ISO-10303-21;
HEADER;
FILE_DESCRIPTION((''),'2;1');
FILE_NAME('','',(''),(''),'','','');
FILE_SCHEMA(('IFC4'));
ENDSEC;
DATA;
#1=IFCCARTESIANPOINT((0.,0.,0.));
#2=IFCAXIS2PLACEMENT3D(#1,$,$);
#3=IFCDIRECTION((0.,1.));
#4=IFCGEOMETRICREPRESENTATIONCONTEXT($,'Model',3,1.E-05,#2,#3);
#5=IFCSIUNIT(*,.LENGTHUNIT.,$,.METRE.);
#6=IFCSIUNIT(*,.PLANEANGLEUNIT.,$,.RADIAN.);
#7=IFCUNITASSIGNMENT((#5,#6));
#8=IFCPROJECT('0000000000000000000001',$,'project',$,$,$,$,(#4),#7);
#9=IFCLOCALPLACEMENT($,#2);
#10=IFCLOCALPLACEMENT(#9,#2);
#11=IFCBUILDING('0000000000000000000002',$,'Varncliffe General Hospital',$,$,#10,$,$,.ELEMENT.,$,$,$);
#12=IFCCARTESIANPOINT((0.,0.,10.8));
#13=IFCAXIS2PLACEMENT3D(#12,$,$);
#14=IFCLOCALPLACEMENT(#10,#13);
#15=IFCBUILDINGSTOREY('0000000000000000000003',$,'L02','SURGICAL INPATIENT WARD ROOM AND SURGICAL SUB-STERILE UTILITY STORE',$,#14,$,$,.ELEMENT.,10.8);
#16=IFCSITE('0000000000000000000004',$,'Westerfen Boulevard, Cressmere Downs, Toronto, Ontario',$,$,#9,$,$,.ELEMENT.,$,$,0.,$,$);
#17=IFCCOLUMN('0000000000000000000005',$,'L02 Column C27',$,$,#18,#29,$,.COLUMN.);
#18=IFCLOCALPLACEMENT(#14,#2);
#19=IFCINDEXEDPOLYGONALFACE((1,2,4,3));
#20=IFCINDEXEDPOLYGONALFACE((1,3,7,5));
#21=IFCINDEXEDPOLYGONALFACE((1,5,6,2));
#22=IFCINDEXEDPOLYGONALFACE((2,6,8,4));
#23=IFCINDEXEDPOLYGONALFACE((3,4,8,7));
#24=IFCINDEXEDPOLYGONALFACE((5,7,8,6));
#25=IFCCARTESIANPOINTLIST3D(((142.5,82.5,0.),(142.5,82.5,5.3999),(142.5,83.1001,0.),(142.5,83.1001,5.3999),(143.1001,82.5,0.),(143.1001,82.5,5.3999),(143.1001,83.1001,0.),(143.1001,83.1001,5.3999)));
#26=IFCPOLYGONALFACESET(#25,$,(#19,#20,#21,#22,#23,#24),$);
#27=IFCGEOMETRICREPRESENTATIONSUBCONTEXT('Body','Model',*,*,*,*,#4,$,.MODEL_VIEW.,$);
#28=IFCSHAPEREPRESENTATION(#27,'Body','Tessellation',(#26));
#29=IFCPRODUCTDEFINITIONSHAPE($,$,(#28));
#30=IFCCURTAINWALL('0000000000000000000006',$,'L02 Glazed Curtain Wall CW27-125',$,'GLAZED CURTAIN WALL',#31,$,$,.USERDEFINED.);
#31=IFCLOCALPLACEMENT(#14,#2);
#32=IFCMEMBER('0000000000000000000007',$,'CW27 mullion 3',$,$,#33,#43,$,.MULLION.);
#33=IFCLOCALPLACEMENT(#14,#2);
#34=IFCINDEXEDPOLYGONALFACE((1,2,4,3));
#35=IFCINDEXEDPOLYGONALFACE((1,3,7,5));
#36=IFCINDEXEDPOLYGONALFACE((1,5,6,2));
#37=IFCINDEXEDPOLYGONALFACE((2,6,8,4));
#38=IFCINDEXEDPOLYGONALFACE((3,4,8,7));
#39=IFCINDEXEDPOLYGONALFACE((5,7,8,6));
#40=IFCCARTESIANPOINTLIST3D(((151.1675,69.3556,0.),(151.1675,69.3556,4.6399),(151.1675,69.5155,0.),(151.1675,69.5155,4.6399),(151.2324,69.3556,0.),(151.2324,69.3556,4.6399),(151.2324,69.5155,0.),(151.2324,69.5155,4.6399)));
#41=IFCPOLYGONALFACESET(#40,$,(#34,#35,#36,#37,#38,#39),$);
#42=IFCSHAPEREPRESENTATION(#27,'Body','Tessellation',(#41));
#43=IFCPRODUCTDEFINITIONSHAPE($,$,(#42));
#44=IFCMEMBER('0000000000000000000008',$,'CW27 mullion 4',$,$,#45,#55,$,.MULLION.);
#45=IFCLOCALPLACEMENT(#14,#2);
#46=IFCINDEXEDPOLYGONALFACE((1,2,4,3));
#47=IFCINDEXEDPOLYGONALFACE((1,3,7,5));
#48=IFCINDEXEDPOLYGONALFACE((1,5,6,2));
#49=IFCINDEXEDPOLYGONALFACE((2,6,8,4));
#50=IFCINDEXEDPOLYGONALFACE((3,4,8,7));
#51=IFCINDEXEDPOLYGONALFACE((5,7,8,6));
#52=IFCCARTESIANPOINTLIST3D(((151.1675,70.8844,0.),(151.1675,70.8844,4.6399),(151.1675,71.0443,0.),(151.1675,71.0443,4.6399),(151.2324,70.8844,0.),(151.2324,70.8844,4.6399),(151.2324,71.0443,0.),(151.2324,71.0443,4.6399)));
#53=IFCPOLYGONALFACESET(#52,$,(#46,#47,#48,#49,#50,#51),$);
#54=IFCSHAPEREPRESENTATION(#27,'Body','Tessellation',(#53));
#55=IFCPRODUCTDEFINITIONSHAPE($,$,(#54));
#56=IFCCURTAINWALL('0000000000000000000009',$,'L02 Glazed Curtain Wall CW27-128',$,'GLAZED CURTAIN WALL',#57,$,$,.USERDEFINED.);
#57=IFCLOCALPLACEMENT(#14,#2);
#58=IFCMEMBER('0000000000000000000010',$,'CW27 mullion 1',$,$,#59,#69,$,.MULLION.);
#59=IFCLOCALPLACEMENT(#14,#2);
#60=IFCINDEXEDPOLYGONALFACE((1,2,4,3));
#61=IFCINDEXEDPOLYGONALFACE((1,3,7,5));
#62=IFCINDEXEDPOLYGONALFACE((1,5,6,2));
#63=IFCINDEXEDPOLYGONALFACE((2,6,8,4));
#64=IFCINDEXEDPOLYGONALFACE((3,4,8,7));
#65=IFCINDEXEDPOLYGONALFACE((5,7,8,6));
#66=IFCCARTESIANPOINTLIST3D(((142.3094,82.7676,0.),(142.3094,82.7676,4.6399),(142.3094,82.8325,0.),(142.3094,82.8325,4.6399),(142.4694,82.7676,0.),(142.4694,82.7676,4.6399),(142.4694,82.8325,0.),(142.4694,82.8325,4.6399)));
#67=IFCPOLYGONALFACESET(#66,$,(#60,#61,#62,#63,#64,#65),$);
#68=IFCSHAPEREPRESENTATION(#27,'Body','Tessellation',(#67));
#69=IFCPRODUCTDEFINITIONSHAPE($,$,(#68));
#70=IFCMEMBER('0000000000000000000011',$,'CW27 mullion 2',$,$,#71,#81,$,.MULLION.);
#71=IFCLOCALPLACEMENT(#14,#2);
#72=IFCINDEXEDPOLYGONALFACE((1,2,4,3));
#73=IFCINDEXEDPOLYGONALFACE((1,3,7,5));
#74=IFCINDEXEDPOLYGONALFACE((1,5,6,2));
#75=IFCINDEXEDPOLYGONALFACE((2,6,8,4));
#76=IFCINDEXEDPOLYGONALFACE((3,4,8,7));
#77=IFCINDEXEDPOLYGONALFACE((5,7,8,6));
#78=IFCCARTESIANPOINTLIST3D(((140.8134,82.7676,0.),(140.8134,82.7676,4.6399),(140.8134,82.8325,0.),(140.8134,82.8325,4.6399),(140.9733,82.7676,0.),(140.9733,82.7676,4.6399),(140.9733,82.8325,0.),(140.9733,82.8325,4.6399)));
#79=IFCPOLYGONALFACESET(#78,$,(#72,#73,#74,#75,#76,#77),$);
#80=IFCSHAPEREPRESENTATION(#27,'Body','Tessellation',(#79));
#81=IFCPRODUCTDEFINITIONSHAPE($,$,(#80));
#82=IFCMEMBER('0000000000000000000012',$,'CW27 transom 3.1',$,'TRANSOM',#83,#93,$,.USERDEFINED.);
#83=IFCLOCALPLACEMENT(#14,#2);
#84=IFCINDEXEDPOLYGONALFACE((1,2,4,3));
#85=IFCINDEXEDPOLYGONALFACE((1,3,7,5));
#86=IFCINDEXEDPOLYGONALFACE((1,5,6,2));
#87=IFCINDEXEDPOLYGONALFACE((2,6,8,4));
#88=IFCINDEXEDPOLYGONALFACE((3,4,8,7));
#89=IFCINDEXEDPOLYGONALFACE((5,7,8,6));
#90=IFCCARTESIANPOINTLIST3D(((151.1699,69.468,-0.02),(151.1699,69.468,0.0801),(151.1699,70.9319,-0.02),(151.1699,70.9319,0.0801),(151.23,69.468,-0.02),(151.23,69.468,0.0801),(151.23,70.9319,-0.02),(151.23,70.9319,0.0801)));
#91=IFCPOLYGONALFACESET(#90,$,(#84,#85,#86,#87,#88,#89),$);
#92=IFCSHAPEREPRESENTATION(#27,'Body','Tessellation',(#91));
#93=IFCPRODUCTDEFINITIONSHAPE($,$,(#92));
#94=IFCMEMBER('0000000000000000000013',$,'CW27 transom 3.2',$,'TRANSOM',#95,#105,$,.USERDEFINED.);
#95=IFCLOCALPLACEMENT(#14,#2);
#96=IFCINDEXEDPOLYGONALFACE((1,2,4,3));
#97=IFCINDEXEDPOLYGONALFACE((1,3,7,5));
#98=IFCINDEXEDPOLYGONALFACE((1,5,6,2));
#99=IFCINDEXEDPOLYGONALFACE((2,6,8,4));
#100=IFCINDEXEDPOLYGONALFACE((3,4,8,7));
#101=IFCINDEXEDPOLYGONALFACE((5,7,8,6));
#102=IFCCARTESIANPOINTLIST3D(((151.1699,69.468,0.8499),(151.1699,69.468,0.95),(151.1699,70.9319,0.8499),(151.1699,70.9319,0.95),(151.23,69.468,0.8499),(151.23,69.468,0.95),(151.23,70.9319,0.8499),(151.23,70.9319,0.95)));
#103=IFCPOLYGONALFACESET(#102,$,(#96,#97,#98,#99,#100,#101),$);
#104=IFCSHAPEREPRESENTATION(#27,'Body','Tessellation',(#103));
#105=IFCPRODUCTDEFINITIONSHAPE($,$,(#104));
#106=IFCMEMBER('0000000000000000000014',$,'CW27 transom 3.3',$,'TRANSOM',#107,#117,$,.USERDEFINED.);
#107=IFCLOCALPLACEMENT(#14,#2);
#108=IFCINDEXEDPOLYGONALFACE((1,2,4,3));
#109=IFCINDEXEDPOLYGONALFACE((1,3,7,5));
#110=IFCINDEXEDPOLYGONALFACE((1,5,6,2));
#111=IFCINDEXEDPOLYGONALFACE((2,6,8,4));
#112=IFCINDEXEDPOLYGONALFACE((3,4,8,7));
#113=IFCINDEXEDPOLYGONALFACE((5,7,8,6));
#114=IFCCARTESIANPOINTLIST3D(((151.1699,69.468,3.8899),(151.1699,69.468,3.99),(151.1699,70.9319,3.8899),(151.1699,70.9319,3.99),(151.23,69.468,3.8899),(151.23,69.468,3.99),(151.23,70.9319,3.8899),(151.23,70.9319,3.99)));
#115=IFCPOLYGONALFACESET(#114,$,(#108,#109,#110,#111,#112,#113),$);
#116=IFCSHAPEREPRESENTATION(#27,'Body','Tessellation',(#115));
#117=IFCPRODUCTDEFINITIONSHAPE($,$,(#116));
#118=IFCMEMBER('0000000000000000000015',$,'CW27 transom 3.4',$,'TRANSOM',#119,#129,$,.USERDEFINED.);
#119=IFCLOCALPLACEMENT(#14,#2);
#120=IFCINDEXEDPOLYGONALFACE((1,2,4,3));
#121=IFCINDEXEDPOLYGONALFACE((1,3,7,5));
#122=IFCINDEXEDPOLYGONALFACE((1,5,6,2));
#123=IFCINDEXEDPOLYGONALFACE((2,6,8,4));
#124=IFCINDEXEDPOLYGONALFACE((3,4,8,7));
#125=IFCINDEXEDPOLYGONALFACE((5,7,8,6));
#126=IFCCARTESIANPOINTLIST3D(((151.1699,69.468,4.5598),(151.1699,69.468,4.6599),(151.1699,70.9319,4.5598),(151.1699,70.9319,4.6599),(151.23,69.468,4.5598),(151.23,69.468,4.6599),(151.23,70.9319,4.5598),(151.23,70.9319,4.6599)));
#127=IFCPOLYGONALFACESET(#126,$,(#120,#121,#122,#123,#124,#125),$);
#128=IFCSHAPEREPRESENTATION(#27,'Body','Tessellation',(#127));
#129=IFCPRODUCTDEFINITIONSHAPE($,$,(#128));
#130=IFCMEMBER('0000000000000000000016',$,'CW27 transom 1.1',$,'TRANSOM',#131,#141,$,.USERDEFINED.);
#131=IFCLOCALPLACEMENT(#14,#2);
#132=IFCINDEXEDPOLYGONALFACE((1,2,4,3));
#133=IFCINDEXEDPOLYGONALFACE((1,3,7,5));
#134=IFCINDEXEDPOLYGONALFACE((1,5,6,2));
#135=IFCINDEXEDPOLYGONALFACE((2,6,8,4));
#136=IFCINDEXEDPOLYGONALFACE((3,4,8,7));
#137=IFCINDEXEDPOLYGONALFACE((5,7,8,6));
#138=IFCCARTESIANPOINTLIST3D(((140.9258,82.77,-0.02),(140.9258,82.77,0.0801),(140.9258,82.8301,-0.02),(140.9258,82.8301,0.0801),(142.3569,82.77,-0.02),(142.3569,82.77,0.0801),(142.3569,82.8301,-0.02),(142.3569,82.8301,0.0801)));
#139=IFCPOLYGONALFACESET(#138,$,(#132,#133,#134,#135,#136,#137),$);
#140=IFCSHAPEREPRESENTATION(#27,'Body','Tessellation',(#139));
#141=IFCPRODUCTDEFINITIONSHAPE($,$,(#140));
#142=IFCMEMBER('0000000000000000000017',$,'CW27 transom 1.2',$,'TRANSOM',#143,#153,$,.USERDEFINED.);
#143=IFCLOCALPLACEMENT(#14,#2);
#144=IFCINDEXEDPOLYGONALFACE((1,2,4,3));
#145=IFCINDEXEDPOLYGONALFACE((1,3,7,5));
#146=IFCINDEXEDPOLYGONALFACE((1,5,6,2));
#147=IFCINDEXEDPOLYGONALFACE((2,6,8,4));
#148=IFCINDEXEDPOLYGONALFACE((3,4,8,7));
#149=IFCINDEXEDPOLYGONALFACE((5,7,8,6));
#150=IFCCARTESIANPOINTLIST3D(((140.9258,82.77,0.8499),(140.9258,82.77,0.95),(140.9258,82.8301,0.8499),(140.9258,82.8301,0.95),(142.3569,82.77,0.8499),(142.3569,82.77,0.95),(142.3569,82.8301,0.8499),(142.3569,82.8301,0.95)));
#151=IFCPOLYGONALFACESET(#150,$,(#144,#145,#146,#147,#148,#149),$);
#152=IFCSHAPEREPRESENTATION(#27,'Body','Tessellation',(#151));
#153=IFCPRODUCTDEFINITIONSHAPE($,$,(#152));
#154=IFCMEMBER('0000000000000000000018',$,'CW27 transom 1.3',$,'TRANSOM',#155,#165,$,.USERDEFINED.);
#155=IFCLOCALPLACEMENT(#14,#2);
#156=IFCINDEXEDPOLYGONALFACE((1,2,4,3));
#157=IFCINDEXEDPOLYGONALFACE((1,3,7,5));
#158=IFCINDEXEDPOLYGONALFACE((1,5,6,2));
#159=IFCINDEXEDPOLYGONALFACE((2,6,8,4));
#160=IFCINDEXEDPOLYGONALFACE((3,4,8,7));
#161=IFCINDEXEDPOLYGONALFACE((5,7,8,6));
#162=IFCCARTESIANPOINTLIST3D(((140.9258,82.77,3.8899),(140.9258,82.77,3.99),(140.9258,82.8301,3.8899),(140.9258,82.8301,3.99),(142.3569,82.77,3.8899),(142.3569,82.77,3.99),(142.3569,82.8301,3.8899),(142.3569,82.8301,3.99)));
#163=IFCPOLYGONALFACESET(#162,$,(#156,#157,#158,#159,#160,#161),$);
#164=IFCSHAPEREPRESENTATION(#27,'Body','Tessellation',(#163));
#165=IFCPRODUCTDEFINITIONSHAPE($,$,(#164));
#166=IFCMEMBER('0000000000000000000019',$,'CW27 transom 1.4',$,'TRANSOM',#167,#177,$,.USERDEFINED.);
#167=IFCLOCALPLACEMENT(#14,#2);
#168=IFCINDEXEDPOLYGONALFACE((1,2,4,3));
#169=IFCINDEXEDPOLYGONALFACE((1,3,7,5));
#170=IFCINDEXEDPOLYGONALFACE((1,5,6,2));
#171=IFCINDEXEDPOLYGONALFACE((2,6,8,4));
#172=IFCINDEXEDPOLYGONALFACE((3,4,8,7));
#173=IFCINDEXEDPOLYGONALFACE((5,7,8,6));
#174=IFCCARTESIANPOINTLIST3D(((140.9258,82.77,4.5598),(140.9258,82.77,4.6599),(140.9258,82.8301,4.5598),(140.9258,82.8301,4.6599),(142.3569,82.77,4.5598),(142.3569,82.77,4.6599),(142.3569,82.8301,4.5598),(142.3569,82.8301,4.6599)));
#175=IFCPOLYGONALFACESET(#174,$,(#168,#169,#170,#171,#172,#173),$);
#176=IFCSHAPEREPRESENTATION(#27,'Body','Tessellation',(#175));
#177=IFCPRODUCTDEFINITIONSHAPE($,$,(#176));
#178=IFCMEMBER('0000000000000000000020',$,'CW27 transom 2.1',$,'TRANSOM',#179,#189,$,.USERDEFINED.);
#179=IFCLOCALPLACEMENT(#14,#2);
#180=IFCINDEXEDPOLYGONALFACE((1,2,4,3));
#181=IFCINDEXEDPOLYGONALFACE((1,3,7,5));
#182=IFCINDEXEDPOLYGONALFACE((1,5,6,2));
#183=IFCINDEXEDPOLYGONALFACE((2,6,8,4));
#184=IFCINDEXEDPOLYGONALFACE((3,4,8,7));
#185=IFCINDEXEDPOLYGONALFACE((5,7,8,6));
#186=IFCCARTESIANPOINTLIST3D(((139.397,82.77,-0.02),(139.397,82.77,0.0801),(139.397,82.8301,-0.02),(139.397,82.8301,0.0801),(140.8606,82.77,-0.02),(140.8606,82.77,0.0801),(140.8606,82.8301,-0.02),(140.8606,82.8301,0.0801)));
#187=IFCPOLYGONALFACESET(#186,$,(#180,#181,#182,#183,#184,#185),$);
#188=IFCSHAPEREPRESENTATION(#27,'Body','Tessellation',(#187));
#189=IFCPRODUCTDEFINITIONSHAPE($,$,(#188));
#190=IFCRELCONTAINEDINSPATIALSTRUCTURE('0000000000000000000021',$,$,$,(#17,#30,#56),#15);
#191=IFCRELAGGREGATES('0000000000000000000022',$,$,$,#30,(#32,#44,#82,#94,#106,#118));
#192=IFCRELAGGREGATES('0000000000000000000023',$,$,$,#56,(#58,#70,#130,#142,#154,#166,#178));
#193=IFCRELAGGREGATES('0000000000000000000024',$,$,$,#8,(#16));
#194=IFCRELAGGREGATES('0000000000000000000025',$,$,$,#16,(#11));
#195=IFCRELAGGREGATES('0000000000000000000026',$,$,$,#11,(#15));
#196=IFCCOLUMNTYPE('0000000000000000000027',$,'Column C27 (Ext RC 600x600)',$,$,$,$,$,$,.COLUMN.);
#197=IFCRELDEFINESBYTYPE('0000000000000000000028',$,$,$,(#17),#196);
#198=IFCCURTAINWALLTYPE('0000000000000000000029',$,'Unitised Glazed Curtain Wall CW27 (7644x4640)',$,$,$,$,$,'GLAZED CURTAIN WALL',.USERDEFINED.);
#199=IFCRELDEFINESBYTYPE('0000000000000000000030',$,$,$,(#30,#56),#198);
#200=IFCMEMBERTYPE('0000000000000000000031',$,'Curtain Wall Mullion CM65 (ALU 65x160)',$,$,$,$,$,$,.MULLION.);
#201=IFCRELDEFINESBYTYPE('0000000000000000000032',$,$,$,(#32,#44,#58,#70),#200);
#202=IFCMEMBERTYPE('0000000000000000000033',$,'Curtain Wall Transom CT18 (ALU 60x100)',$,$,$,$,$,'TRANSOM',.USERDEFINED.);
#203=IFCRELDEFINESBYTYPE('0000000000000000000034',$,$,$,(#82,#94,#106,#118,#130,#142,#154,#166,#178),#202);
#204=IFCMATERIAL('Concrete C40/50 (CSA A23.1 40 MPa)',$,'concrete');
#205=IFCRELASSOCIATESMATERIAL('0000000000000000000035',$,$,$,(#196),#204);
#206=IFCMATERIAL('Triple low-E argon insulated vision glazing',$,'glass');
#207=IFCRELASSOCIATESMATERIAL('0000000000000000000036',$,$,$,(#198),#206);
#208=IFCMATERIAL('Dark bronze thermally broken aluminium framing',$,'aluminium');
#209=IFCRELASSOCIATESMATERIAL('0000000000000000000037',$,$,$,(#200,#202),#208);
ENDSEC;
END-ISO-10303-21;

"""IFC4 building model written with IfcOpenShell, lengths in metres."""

from ifc_helpers import new_model, si_unit, direction, frame, origin, origin_2d, place, context, subcontext, project, spatial, rectangle, extrude, material, material_profile, profile_set, type_object, element, aggregate, save


model = new_model("IFC4")

# Units and contexts
model_context = context("Model", 3, precision=1e-05, world=origin(), true_north=direction((0.0, 1.0)))
body_context = subcontext(model_context, "Body", "Model", "MODEL_VIEW")
ifc_project = project(units=[si_unit("LENGTHUNIT", "METRE"), si_unit("PLANEANGLEUNIT", "RADIAN")], contexts=[model_context])

# Site, building, storey
site_placement = place(None, origin())
site = spatial("IfcSite", under=ifc_project, at=site_placement, Name="Westerfen Boulevard, Cressmere Downs, Toronto, Ontario", CompositionType="ELEMENT", RefElevation=0.0)
building_placement = place(site_placement, origin())
building = spatial("IfcBuilding", under=site, at=building_placement, Name="Varncliffe General Hospital", CompositionType="ELEMENT")
storey_placement = place(building_placement, frame((0.0, 0.0, 10.8)))
storey = spatial("IfcBuildingStorey", under=building, at=storey_placement, Name="L02", Description="SURGICAL INPATIENT WARD ROOM AND SURGICAL SUB-STERILE UTILITY STORE", CompositionType="ELEMENT", Elevation=10.8)

# Column
ifc_material_1 = material(Name="Concrete C40/50 (CSA A23.1 40 MPa)", Category="concrete")
ifc_material_profile_1 = material_profile(ifc_material_1, rectangle(XDim=0.6001, YDim=0.6001, at=origin_2d()), Name="RC 600x600")
ifc_profile_set_1 = profile_set([ifc_material_profile_1], Name="Concrete C40/50 (CSA A23.1 40 MPa)")
column_type = type_object("IfcColumnType", Name="Column C27 (Ext RC 600x600)", PredefinedType="COLUMN", material=ifc_profile_set_1)
column_placement = place(storey_placement, frame((142.8, 82.8, 0.0), z_axis=(0.0, 0.0, 1.0), x_axis=(1.0, 0.0, 0.0)))
element("IfcColumn", 1, at=column_placement, inside=storey, type_object=column_type, Name="L02 Column C27", PredefinedType="COLUMN", context=body_context, shape_type="SweptSolid", body=[
    extrude(rectangle(XDim=0.6001, YDim=0.6001, at=origin_2d()), origin(), (0.0, 0.0, 1.0), 5.3999),
])

# Curtain walls, members
ifc_material_2 = material(Name="Triple low-E argon insulated vision glazing", Category="glass")
curtain_wall_type = type_object("IfcCurtainWallType", Name="Unitised Glazed Curtain Wall CW27 (7644x4640)", ElementType="GLAZED CURTAIN WALL", PredefinedType="USERDEFINED", material=ifc_material_2)
curtain_wall_1_placement = place(storey_placement, origin())
curtain_wall_1 = element("IfcCurtainWall", 2, at=curtain_wall_1_placement, inside=storey, type_object=curtain_wall_type, Name="L02 Glazed Curtain Wall CW27-125", ObjectType="GLAZED CURTAIN WALL", PredefinedType="USERDEFINED")
ifc_material_3 = material(Name="Dark bronze thermally broken aluminium framing", Category="aluminium")
ifc_material_profile_2 = material_profile(ifc_material_3, rectangle(XDim=0.0649, YDim=0.1599, at=origin_2d()), Name="ALU 65x160")
ifc_profile_set_2 = profile_set([ifc_material_profile_2], Name="Dark bronze thermally broken aluminium framing")
member_type_1 = type_object("IfcMemberType", Name="Curtain Wall Mullion CM65 (ALU 65x160)", PredefinedType="MULLION", material=ifc_profile_set_2)
member_1_placement = place(storey_placement, frame((151.2, 69.4355, 0.0), z_axis=(0.0, 0.0, 1.0), x_axis=(-1.0, 0.0, 0.0)))
member_1 = element("IfcMember", 3, at=member_1_placement, type_object=member_type_1, Name="CW27 mullion 3", PredefinedType="MULLION", context=body_context, shape_type="SweptSolid", body=[
    extrude(rectangle(XDim=0.0649, YDim=0.1599, at=origin_2d()), origin(), (0.0, 0.0, 1.0), 4.6399),
])
member_2_placement = place(storey_placement, frame((151.2, 70.9644, 0.0), z_axis=(0.0, 0.0, 1.0), x_axis=(-1.0, 0.0, 0.0)))
member_2 = element("IfcMember", 4, at=member_2_placement, type_object=member_type_1, Name="CW27 mullion 4", PredefinedType="MULLION", context=body_context, shape_type="SweptSolid", body=[
    extrude(rectangle(XDim=0.0649, YDim=0.1599, at=origin_2d()), origin(), (0.0, 0.0, 1.0), 4.6399),
])
curtain_wall_2_placement = place(storey_placement, origin())
curtain_wall_2 = element("IfcCurtainWall", 5, at=curtain_wall_2_placement, inside=storey, type_object=curtain_wall_type, Name="L02 Glazed Curtain Wall CW27-128", ObjectType="GLAZED CURTAIN WALL", PredefinedType="USERDEFINED")
member_3_placement = place(storey_placement, frame((142.3894, 82.8, 0.0), z_axis=(0.0, 0.0, 1.0), x_axis=(0.0, -1.0, 0.0)))
member_3 = element("IfcMember", 6, at=member_3_placement, type_object=member_type_1, Name="CW27 mullion 1", PredefinedType="MULLION", context=body_context, shape_type="SweptSolid", body=[
    extrude(rectangle(XDim=0.0649, YDim=0.1599, at=origin_2d()), origin(), (0.0, 0.0, 1.0), 4.6399),
])
member_4_placement = place(storey_placement, frame((140.8933, 82.8, 0.0), z_axis=(0.0, 0.0, 1.0), x_axis=(0.0, -1.0, 0.0)))
member_4 = element("IfcMember", 7, at=member_4_placement, type_object=member_type_1, Name="CW27 mullion 2", PredefinedType="MULLION", context=body_context, shape_type="SweptSolid", body=[
    extrude(rectangle(XDim=0.0649, YDim=0.1599, at=origin_2d()), origin(), (0.0, 0.0, 1.0), 4.6399),
])

# Members
ifc_material_profile_3 = material_profile(ifc_material_3, rectangle(XDim=0.0601, YDim=0.1001, at=origin_2d()), Name="ALU 60x100")
ifc_profile_set_3 = profile_set([ifc_material_profile_3], Name="Dark bronze thermally broken aluminium framing")
member_type_2 = type_object("IfcMemberType", Name="Curtain Wall Transom CT18 (ALU 60x100)", ElementType="TRANSOM", PredefinedType="USERDEFINED", material=ifc_profile_set_3)
member_5_placement = place(storey_placement, frame((151.2, 69.468, 0.03), z_axis=(0.0, 1.0, 0.0), x_axis=(-1.0, 0.0, 0.0)))
member_5 = element("IfcMember", 8, at=member_5_placement, type_object=member_type_2, Name="CW27 transom 3.1", ObjectType="TRANSOM", PredefinedType="USERDEFINED", context=body_context, shape_type="SweptSolid", body=[
    extrude(rectangle(XDim=0.0601, YDim=0.1001, at=origin_2d()), origin(), (0.0, 0.0, 1.0), 1.4639),
])
member_6_placement = place(storey_placement, frame((151.2, 69.468, 0.8999), z_axis=(0.0, 1.0, 0.0), x_axis=(-1.0, 0.0, 0.0)))
member_6 = element("IfcMember", 9, at=member_6_placement, type_object=member_type_2, Name="CW27 transom 3.2", ObjectType="TRANSOM", PredefinedType="USERDEFINED", context=body_context, shape_type="SweptSolid", body=[
    extrude(rectangle(XDim=0.0601, YDim=0.1001, at=origin_2d()), origin(), (0.0, 0.0, 1.0), 1.4639),
])
member_7_placement = place(storey_placement, frame((151.2, 69.468, 3.9399), z_axis=(0.0, 1.0, 0.0), x_axis=(-1.0, 0.0, 0.0)))
member_7 = element("IfcMember", 10, at=member_7_placement, type_object=member_type_2, Name="CW27 transom 3.3", ObjectType="TRANSOM", PredefinedType="USERDEFINED", context=body_context, shape_type="SweptSolid", body=[
    extrude(rectangle(XDim=0.0601, YDim=0.1001, at=origin_2d()), origin(), (0.0, 0.0, 1.0), 1.4639),
])
member_8_placement = place(storey_placement, frame((151.2, 69.468, 4.6099), z_axis=(0.0, 1.0, 0.0), x_axis=(-1.0, 0.0, 0.0)))
member_8 = element("IfcMember", 11, at=member_8_placement, type_object=member_type_2, Name="CW27 transom 3.4", ObjectType="TRANSOM", PredefinedType="USERDEFINED", context=body_context, shape_type="SweptSolid", body=[
    extrude(rectangle(XDim=0.0601, YDim=0.1001, at=origin_2d()), origin(), (0.0, 0.0, 1.0), 1.4639),
])
member_9_placement = place(storey_placement, frame((142.3569, 82.8, 0.03), z_axis=(-1.0, 0.0, 0.0), x_axis=(0.0, -1.0, 0.0)))
member_9 = element("IfcMember", 12, at=member_9_placement, type_object=member_type_2, Name="CW27 transom 1.1", ObjectType="TRANSOM", PredefinedType="USERDEFINED", context=body_context, shape_type="SweptSolid", body=[
    extrude(rectangle(XDim=0.0601, YDim=0.1001, at=origin_2d()), origin(), (0.0, 0.0, 1.0), 1.4312),
])
member_10_placement = place(storey_placement, frame((142.3569, 82.8, 0.8999), z_axis=(-1.0, 0.0, 0.0), x_axis=(0.0, -1.0, 0.0)))
member_10 = element("IfcMember", 13, at=member_10_placement, type_object=member_type_2, Name="CW27 transom 1.2", ObjectType="TRANSOM", PredefinedType="USERDEFINED", context=body_context, shape_type="SweptSolid", body=[
    extrude(rectangle(XDim=0.0601, YDim=0.1001, at=origin_2d()), origin(), (0.0, 0.0, 1.0), 1.4312),
])
member_11_placement = place(storey_placement, frame((142.3569, 82.8, 3.9399), z_axis=(-1.0, 0.0, 0.0), x_axis=(0.0, -1.0, 0.0)))
member_11 = element("IfcMember", 14, at=member_11_placement, type_object=member_type_2, Name="CW27 transom 1.3", ObjectType="TRANSOM", PredefinedType="USERDEFINED", context=body_context, shape_type="SweptSolid", body=[
    extrude(rectangle(XDim=0.0601, YDim=0.1001, at=origin_2d()), origin(), (0.0, 0.0, 1.0), 1.4312),
])
member_12_placement = place(storey_placement, frame((142.3569, 82.8, 4.6099), z_axis=(-1.0, 0.0, 0.0), x_axis=(0.0, -1.0, 0.0)))
member_12 = element("IfcMember", 15, at=member_12_placement, type_object=member_type_2, Name="CW27 transom 1.4", ObjectType="TRANSOM", PredefinedType="USERDEFINED", context=body_context, shape_type="SweptSolid", body=[
    extrude(rectangle(XDim=0.0601, YDim=0.1001, at=origin_2d()), origin(), (0.0, 0.0, 1.0), 1.4312),
])
member_13_placement = place(storey_placement, frame((140.8606, 82.8, 0.03), z_axis=(-1.0, 0.0, 0.0), x_axis=(0.0, -1.0, 0.0)))
member_13 = element("IfcMember", 16, at=member_13_placement, type_object=member_type_2, Name="CW27 transom 2.1", ObjectType="TRANSOM", PredefinedType="USERDEFINED", context=body_context, shape_type="SweptSolid", body=[
    extrude(rectangle(XDim=0.0601, YDim=0.1001, at=origin_2d()), origin(), (0.0, 0.0, 1.0), 1.4636),
])

aggregate(curtain_wall_1, [member_1, member_2, member_5, member_6, member_7, member_8])
aggregate(curtain_wall_2, [member_3, member_4, member_9, member_10, member_11, member_12, member_13])

save(model, "model.ifc")
